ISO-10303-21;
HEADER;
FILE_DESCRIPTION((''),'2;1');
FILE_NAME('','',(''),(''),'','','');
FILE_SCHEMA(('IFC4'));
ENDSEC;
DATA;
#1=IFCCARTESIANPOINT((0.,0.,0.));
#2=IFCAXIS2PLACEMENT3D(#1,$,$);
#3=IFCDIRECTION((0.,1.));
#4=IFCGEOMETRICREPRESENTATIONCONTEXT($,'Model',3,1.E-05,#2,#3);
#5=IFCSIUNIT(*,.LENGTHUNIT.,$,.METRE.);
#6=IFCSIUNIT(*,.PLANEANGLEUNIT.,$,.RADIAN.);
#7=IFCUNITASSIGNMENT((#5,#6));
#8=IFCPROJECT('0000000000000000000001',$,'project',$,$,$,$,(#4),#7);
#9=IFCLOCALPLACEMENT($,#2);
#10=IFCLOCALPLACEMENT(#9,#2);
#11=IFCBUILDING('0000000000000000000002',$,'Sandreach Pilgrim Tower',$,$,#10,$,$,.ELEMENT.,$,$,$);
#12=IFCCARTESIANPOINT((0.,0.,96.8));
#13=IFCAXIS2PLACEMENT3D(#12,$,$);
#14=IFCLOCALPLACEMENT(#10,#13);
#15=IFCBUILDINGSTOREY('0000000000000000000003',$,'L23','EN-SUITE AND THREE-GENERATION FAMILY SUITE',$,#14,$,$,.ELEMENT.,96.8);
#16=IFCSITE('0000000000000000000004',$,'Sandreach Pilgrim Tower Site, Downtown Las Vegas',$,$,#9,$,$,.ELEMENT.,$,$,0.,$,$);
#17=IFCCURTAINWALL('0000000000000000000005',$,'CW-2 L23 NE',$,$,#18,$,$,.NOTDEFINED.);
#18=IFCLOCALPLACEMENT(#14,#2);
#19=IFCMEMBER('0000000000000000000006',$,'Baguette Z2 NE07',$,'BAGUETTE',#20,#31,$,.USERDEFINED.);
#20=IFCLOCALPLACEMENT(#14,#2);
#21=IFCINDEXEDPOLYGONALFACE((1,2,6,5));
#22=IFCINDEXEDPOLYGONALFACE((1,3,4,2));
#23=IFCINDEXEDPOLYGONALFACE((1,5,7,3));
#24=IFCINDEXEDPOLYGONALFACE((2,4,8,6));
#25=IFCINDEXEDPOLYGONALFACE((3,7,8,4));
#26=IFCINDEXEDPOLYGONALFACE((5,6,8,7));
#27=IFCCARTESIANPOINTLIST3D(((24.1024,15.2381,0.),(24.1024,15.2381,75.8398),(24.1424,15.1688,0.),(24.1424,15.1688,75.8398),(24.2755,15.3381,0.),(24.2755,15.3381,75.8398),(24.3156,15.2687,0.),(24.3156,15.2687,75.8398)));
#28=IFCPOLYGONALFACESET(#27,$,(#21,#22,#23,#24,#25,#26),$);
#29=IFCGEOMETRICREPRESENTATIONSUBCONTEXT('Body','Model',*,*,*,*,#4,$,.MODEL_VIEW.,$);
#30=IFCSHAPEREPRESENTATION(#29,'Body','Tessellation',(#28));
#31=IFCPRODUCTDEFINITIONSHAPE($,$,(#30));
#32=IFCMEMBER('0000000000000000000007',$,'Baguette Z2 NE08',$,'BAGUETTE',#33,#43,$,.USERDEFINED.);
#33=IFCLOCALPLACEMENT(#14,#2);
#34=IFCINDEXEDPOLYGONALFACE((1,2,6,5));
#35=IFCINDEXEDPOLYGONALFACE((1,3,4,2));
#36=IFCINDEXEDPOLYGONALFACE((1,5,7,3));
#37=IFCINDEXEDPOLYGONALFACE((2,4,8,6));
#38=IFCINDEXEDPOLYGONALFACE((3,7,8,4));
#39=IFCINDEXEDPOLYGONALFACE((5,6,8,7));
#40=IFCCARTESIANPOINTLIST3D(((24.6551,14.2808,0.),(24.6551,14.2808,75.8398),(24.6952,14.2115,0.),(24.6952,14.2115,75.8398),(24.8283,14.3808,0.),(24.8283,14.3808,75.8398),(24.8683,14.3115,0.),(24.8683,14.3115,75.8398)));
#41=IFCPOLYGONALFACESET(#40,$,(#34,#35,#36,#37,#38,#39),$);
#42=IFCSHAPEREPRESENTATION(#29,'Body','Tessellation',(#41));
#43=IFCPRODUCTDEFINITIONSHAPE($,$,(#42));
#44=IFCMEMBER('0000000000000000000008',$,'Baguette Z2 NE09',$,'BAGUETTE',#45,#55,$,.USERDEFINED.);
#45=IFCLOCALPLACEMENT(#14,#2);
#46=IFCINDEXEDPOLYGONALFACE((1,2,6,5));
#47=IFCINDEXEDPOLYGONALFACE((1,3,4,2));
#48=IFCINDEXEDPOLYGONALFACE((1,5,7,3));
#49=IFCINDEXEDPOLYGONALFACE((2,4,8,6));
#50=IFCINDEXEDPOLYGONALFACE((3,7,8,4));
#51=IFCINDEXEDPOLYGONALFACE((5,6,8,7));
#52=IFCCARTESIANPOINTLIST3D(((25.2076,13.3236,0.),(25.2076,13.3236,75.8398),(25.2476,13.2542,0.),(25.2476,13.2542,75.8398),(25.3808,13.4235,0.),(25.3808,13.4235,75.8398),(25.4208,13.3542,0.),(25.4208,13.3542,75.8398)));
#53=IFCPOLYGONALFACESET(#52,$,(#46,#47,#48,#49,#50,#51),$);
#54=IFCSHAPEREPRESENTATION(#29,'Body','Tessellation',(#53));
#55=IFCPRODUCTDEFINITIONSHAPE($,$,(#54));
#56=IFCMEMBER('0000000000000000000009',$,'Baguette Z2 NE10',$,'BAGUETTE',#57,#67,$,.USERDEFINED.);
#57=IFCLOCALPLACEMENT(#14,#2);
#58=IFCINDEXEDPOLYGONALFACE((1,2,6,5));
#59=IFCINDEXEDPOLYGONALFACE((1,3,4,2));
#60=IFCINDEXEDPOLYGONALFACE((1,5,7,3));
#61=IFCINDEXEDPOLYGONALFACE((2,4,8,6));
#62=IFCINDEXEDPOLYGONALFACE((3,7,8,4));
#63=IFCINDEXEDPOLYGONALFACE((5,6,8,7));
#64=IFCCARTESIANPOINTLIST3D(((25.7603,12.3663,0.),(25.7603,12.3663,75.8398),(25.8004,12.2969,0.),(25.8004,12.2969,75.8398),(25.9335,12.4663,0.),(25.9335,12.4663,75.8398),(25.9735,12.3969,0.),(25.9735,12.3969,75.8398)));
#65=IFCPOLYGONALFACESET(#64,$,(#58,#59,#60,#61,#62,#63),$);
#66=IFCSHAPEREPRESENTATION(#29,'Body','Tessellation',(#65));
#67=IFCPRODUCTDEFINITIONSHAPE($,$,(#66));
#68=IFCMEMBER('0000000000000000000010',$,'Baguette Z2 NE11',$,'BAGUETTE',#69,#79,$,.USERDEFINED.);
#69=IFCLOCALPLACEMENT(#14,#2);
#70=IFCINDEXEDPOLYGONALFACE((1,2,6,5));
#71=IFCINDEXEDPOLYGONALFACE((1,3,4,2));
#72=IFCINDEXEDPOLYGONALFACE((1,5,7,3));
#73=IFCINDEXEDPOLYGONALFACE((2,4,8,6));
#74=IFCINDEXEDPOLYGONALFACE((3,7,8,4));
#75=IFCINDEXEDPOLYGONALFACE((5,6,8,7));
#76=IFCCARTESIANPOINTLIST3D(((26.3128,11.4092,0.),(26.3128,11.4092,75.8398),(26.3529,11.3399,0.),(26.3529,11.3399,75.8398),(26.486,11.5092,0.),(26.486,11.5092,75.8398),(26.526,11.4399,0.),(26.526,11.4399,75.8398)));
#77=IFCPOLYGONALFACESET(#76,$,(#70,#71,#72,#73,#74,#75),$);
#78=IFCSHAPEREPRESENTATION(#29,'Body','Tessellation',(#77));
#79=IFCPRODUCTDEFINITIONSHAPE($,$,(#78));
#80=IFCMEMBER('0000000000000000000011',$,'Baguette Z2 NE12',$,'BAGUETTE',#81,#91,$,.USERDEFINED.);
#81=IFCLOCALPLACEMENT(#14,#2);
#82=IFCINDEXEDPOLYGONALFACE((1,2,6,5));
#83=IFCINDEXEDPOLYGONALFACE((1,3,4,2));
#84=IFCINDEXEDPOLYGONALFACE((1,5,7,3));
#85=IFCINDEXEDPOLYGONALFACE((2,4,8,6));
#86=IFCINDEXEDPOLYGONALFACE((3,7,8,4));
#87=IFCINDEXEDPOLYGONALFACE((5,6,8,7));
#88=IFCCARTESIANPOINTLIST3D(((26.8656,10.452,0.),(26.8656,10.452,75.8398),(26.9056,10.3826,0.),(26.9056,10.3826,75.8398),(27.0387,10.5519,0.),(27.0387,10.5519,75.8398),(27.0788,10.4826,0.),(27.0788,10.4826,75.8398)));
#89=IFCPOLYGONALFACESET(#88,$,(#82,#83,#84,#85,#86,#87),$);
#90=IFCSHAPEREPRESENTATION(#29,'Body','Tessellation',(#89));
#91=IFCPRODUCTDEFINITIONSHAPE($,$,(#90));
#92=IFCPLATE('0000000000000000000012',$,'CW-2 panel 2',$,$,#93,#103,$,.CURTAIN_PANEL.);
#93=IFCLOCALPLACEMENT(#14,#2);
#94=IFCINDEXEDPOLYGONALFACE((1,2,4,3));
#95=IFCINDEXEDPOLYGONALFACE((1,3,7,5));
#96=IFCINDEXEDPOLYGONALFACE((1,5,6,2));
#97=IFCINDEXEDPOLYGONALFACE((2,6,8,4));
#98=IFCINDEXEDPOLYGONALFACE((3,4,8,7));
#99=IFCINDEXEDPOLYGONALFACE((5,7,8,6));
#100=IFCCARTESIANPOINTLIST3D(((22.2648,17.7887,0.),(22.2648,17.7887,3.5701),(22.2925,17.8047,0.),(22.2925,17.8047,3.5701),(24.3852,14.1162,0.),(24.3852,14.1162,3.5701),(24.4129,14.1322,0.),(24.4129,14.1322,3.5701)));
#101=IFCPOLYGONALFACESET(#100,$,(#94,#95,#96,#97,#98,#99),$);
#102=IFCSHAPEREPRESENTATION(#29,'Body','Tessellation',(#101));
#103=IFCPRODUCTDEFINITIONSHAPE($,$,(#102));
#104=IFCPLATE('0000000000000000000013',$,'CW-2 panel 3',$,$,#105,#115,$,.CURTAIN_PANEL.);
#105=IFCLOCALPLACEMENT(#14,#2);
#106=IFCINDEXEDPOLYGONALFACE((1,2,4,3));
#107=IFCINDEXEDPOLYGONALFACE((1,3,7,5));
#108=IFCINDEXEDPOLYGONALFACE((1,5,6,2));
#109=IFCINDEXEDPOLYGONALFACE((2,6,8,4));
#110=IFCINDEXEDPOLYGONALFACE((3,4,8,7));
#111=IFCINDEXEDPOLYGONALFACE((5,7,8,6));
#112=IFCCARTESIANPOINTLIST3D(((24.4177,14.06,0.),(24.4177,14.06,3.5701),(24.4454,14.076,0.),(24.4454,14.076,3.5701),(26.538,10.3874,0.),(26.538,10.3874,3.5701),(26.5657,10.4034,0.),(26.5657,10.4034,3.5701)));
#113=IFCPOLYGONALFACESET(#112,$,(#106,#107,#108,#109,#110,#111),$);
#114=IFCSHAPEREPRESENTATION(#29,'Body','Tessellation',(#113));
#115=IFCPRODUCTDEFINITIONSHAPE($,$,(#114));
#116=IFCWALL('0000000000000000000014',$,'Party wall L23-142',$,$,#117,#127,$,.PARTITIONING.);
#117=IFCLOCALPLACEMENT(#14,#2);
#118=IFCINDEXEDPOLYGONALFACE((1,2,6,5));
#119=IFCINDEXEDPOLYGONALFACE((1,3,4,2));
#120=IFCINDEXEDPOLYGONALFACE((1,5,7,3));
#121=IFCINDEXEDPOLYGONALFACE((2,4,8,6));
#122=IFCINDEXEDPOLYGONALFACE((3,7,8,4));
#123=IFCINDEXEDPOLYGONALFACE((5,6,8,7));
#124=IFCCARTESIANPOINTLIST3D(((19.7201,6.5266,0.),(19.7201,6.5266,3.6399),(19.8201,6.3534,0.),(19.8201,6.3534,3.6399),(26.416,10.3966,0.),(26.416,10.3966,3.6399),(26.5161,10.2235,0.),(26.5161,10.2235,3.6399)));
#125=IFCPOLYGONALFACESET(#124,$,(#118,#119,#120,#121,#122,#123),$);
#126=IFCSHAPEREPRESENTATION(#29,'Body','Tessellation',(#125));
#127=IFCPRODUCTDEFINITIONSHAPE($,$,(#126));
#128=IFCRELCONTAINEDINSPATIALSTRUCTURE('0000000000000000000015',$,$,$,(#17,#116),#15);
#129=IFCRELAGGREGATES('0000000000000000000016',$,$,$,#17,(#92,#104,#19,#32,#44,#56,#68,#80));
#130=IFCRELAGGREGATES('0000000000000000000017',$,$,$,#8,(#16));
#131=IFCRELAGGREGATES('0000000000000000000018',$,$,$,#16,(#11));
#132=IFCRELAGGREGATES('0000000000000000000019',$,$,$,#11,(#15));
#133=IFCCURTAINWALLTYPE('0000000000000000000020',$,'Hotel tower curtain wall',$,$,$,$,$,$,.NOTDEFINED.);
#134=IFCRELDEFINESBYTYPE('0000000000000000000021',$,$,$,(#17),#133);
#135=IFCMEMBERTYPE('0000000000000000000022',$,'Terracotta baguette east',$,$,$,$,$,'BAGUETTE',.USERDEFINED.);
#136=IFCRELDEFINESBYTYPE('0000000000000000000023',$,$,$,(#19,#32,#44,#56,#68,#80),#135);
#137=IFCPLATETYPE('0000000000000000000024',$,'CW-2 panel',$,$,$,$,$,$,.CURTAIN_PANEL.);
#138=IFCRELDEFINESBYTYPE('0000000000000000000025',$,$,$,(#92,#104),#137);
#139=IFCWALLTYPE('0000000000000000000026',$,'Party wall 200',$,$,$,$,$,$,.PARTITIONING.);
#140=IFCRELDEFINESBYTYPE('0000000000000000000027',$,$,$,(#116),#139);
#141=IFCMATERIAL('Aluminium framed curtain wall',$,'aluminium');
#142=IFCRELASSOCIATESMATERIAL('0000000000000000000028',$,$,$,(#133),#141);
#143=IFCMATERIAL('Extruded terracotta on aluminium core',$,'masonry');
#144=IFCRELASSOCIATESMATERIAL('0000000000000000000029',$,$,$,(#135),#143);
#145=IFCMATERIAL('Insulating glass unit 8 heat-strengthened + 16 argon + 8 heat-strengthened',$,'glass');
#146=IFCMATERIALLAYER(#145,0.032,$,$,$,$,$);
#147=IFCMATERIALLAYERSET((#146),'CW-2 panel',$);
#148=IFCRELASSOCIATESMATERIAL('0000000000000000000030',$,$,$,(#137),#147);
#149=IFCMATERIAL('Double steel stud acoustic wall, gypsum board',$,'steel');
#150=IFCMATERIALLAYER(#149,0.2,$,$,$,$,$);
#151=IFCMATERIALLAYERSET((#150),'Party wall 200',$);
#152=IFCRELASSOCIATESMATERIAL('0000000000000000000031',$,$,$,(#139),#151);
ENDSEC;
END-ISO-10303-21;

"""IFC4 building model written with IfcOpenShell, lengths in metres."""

from ifc_helpers import new_model, si_unit, direction, frame, frame_2d, origin, origin_2d, place, context, subcontext, project, spatial, rectangle, extrude, material, layer, layer_set, material_profile, profile_set, type_object, element, aggregate, save


model = new_model("IFC4")

# Units and contexts
model_context = context("Model", 3, precision=1e-05, world=origin(), true_north=direction((0.0, 1.0)))
body_context = subcontext(model_context, "Body", "Model", "MODEL_VIEW")
ifc_project = project(units=[si_unit("LENGTHUNIT", "METRE"), si_unit("PLANEANGLEUNIT", "RADIAN")], contexts=[model_context])

# Site, building, storey
site_placement = place(None, origin())
site = spatial("IfcSite", under=ifc_project, at=site_placement, Name="Sandreach Pilgrim Tower Site, Downtown Las Vegas", CompositionType="ELEMENT", RefElevation=0.0)
building_placement = place(site_placement, origin())
building = spatial("IfcBuilding", under=site, at=building_placement, Name="Sandreach Pilgrim Tower", CompositionType="ELEMENT")
storey_placement = place(building_placement, frame((0.0, 0.0, 96.8)))
storey = spatial("IfcBuildingStorey", under=building, at=storey_placement, Name="L23", Description="EN-SUITE AND THREE-GENERATION FAMILY SUITE", CompositionType="ELEMENT", Elevation=96.8)

# Curtain wall
ifc_material_1 = material(Name="Aluminium framed curtain wall", Category="aluminium")
curtain_wall_type = type_object("IfcCurtainWallType", Name="Hotel tower curtain wall", PredefinedType="NOTDEFINED", material=ifc_material_1)
curtain_wall_placement = place(storey_placement, origin())
curtain_wall = element("IfcCurtainWall", 1, at=curtain_wall_placement, inside=storey, type_object=curtain_wall_type, Name="CW-2 L23 NE", PredefinedType="NOTDEFINED")

# Members
ifc_material_2 = material(Name="Extruded terracotta on aluminium core", Category="masonry")
ifc_material_profile_1 = material_profile(ifc_material_2, rectangle(XDim=0.0801, YDim=0.2, at=origin_2d()), Name="TBE 80X200")
ifc_profile_set_1 = profile_set([ifc_material_profile_1], Name="Extruded terracotta on aluminium core")
member_type_1 = type_object("IfcMemberType", Name="Terracotta baguette east", ElementType="BAGUETTE", PredefinedType="USERDEFINED", material=ifc_profile_set_1)
member_1_placement = place(storey_placement, frame((24.209, 15.2534, 0.0), z_axis=(0.0, 0.0, 1.0), x_axis=(0.5, -0.866025, 0.0)))
member_1 = element("IfcMember", 2, at=member_1_placement, type_object=member_type_1, Name="Baguette Z2 NE07", ObjectType="BAGUETTE", PredefinedType="USERDEFINED", context=body_context, shape_type="SweptSolid", body=[
    extrude(rectangle(XDim=0.0801, YDim=0.2, at=origin_2d()), origin(), (0.0, 0.0, 1.0), 75.8398),
])
member_2_placement = place(storey_placement, frame((24.7617, 14.2961, 0.0), z_axis=(0.0, 0.0, 1.0), x_axis=(0.5, -0.866025, 0.0)))
member_2 = element("IfcMember", 3, at=member_2_placement, type_object=member_type_1, Name="Baguette Z2 NE08", ObjectType="BAGUETTE", PredefinedType="USERDEFINED", context=body_context, shape_type="SweptSolid", body=[
    extrude(rectangle(XDim=0.0801, YDim=0.2, at=origin_2d()), origin(), (0.0, 0.0, 1.0), 75.8398),
])
member_3_placement = place(storey_placement, frame((25.3142, 13.3389, 0.0), z_axis=(0.0, 0.0, 1.0), x_axis=(0.5, -0.866025, 0.0)))
member_3 = element("IfcMember", 4, at=member_3_placement, type_object=member_type_1, Name="Baguette Z2 NE09", ObjectType="BAGUETTE", PredefinedType="USERDEFINED", context=body_context, shape_type="SweptSolid", body=[
    extrude(rectangle(XDim=0.0801, YDim=0.2, at=origin_2d()), origin(), (0.0, 0.0, 1.0), 75.8398),
])
member_4_placement = place(storey_placement, frame((25.8669, 12.3816, 0.0), z_axis=(0.0, 0.0, 1.0), x_axis=(0.5, -0.866025, 0.0)))
member_4 = element("IfcMember", 5, at=member_4_placement, type_object=member_type_1, Name="Baguette Z2 NE10", ObjectType="BAGUETTE", PredefinedType="USERDEFINED", context=body_context, shape_type="SweptSolid", body=[
    extrude(rectangle(XDim=0.0801, YDim=0.2, at=origin_2d()), origin(), (0.0, 0.0, 1.0), 75.8398),
])
member_5_placement = place(storey_placement, frame((26.4194, 11.4246, 0.0), z_axis=(0.0, 0.0, 1.0), x_axis=(0.5, -0.866025, 0.0)))
member_5 = element("IfcMember", 6, at=member_5_placement, type_object=member_type_1, Name="Baguette Z2 NE11", ObjectType="BAGUETTE", PredefinedType="USERDEFINED", context=body_context, shape_type="SweptSolid", body=[
    extrude(rectangle(XDim=0.0801, YDim=0.2, at=origin_2d()), origin(), (0.0, 0.0, 1.0), 75.8398),
])
member_6_placement = place(storey_placement, frame((26.9722, 10.4673, 0.0), z_axis=(0.0, 0.0, 1.0), x_axis=(0.5, -0.866025, 0.0)))
member_6 = element("IfcMember", 7, at=member_6_placement, type_object=member_type_1, Name="Baguette Z2 NE12", ObjectType="BAGUETTE", PredefinedType="USERDEFINED", context=body_context, shape_type="SweptSolid", body=[
    extrude(rectangle(XDim=0.0801, YDim=0.2, at=origin_2d()), origin(), (0.0, 0.0, 1.0), 75.8398),
])

# Plates
ifc_material_3 = material(Name="Insulating glass unit 8 heat-strengthened + 16 argon + 8 heat-strengthened", Category="glass")
ifc_layer_1 = layer(ifc_material_3, 0.032)
ifc_layer_set_1 = layer_set([ifc_layer_1], Name="CW-2 panel")
plate_type = type_object("IfcPlateType", Name="CW-2 panel", PredefinedType="CURTAIN_PANEL", material=ifc_layer_set_1)
plate_1_placement = place(storey_placement, frame((23.3389, 15.9604, 0.0), z_axis=(0.0, 0.0, 1.0), x_axis=(0.5, -0.866025, 0.0)))
plate_1 = element("IfcPlate", 8, at=plate_1_placement, type_object=plate_type, Name="CW-2 panel 2", PredefinedType="CURTAIN_PANEL", context=body_context, shape_type="SweptSolid", body=[
    extrude(rectangle(XDim=4.2407, YDim=0.032, at=origin_2d()), origin(), (0.0, 0.0, 1.0), 3.5701),
])
plate_2_placement = place(storey_placement, frame((25.4917, 12.2317, 0.0), z_axis=(0.0, 0.0, 1.0), x_axis=(0.5, -0.866025, 0.0)))
plate_2 = element("IfcPlate", 9, at=plate_2_placement, type_object=plate_type, Name="CW-2 panel 3", PredefinedType="CURTAIN_PANEL", context=body_context, shape_type="SweptSolid", body=[
    extrude(rectangle(XDim=4.2407, YDim=0.032, at=origin_2d()), origin(), (0.0, 0.0, 1.0), 3.5701),
])
aggregate(curtain_wall, [plate_1, plate_2, member_1, member_2, member_3, member_4, member_5, member_6])

# Wall
ifc_material_4 = material(Name="Double steel stud acoustic wall, gypsum board", Category="steel")
ifc_layer_2 = layer(ifc_material_4, 0.2)
ifc_layer_set_2 = layer_set([ifc_layer_2], Name="Party wall 200")
wall_type = type_object("IfcWallType", Name="Party wall 200", PredefinedType="PARTITIONING", material=ifc_layer_set_2)
wall_placement = place(storey_placement, frame((26.4661, 10.3101, 0.0), z_axis=(0.0, 0.0, 1.0), x_axis=(-0.865793, -0.500403, 0.0)))
element("IfcWall", 10, at=wall_placement, inside=storey, type_object=wall_type, Name="Party wall L23-142", PredefinedType="PARTITIONING", context=body_context, shape_type="SweptSolid", body=[
    extrude(rectangle(XDim=7.7339, YDim=0.2, at=frame_2d((3.8669, 0.0))), origin(), (0.0, 0.0, 1.0), 3.6399),
])

save(model, "model.ifc")
